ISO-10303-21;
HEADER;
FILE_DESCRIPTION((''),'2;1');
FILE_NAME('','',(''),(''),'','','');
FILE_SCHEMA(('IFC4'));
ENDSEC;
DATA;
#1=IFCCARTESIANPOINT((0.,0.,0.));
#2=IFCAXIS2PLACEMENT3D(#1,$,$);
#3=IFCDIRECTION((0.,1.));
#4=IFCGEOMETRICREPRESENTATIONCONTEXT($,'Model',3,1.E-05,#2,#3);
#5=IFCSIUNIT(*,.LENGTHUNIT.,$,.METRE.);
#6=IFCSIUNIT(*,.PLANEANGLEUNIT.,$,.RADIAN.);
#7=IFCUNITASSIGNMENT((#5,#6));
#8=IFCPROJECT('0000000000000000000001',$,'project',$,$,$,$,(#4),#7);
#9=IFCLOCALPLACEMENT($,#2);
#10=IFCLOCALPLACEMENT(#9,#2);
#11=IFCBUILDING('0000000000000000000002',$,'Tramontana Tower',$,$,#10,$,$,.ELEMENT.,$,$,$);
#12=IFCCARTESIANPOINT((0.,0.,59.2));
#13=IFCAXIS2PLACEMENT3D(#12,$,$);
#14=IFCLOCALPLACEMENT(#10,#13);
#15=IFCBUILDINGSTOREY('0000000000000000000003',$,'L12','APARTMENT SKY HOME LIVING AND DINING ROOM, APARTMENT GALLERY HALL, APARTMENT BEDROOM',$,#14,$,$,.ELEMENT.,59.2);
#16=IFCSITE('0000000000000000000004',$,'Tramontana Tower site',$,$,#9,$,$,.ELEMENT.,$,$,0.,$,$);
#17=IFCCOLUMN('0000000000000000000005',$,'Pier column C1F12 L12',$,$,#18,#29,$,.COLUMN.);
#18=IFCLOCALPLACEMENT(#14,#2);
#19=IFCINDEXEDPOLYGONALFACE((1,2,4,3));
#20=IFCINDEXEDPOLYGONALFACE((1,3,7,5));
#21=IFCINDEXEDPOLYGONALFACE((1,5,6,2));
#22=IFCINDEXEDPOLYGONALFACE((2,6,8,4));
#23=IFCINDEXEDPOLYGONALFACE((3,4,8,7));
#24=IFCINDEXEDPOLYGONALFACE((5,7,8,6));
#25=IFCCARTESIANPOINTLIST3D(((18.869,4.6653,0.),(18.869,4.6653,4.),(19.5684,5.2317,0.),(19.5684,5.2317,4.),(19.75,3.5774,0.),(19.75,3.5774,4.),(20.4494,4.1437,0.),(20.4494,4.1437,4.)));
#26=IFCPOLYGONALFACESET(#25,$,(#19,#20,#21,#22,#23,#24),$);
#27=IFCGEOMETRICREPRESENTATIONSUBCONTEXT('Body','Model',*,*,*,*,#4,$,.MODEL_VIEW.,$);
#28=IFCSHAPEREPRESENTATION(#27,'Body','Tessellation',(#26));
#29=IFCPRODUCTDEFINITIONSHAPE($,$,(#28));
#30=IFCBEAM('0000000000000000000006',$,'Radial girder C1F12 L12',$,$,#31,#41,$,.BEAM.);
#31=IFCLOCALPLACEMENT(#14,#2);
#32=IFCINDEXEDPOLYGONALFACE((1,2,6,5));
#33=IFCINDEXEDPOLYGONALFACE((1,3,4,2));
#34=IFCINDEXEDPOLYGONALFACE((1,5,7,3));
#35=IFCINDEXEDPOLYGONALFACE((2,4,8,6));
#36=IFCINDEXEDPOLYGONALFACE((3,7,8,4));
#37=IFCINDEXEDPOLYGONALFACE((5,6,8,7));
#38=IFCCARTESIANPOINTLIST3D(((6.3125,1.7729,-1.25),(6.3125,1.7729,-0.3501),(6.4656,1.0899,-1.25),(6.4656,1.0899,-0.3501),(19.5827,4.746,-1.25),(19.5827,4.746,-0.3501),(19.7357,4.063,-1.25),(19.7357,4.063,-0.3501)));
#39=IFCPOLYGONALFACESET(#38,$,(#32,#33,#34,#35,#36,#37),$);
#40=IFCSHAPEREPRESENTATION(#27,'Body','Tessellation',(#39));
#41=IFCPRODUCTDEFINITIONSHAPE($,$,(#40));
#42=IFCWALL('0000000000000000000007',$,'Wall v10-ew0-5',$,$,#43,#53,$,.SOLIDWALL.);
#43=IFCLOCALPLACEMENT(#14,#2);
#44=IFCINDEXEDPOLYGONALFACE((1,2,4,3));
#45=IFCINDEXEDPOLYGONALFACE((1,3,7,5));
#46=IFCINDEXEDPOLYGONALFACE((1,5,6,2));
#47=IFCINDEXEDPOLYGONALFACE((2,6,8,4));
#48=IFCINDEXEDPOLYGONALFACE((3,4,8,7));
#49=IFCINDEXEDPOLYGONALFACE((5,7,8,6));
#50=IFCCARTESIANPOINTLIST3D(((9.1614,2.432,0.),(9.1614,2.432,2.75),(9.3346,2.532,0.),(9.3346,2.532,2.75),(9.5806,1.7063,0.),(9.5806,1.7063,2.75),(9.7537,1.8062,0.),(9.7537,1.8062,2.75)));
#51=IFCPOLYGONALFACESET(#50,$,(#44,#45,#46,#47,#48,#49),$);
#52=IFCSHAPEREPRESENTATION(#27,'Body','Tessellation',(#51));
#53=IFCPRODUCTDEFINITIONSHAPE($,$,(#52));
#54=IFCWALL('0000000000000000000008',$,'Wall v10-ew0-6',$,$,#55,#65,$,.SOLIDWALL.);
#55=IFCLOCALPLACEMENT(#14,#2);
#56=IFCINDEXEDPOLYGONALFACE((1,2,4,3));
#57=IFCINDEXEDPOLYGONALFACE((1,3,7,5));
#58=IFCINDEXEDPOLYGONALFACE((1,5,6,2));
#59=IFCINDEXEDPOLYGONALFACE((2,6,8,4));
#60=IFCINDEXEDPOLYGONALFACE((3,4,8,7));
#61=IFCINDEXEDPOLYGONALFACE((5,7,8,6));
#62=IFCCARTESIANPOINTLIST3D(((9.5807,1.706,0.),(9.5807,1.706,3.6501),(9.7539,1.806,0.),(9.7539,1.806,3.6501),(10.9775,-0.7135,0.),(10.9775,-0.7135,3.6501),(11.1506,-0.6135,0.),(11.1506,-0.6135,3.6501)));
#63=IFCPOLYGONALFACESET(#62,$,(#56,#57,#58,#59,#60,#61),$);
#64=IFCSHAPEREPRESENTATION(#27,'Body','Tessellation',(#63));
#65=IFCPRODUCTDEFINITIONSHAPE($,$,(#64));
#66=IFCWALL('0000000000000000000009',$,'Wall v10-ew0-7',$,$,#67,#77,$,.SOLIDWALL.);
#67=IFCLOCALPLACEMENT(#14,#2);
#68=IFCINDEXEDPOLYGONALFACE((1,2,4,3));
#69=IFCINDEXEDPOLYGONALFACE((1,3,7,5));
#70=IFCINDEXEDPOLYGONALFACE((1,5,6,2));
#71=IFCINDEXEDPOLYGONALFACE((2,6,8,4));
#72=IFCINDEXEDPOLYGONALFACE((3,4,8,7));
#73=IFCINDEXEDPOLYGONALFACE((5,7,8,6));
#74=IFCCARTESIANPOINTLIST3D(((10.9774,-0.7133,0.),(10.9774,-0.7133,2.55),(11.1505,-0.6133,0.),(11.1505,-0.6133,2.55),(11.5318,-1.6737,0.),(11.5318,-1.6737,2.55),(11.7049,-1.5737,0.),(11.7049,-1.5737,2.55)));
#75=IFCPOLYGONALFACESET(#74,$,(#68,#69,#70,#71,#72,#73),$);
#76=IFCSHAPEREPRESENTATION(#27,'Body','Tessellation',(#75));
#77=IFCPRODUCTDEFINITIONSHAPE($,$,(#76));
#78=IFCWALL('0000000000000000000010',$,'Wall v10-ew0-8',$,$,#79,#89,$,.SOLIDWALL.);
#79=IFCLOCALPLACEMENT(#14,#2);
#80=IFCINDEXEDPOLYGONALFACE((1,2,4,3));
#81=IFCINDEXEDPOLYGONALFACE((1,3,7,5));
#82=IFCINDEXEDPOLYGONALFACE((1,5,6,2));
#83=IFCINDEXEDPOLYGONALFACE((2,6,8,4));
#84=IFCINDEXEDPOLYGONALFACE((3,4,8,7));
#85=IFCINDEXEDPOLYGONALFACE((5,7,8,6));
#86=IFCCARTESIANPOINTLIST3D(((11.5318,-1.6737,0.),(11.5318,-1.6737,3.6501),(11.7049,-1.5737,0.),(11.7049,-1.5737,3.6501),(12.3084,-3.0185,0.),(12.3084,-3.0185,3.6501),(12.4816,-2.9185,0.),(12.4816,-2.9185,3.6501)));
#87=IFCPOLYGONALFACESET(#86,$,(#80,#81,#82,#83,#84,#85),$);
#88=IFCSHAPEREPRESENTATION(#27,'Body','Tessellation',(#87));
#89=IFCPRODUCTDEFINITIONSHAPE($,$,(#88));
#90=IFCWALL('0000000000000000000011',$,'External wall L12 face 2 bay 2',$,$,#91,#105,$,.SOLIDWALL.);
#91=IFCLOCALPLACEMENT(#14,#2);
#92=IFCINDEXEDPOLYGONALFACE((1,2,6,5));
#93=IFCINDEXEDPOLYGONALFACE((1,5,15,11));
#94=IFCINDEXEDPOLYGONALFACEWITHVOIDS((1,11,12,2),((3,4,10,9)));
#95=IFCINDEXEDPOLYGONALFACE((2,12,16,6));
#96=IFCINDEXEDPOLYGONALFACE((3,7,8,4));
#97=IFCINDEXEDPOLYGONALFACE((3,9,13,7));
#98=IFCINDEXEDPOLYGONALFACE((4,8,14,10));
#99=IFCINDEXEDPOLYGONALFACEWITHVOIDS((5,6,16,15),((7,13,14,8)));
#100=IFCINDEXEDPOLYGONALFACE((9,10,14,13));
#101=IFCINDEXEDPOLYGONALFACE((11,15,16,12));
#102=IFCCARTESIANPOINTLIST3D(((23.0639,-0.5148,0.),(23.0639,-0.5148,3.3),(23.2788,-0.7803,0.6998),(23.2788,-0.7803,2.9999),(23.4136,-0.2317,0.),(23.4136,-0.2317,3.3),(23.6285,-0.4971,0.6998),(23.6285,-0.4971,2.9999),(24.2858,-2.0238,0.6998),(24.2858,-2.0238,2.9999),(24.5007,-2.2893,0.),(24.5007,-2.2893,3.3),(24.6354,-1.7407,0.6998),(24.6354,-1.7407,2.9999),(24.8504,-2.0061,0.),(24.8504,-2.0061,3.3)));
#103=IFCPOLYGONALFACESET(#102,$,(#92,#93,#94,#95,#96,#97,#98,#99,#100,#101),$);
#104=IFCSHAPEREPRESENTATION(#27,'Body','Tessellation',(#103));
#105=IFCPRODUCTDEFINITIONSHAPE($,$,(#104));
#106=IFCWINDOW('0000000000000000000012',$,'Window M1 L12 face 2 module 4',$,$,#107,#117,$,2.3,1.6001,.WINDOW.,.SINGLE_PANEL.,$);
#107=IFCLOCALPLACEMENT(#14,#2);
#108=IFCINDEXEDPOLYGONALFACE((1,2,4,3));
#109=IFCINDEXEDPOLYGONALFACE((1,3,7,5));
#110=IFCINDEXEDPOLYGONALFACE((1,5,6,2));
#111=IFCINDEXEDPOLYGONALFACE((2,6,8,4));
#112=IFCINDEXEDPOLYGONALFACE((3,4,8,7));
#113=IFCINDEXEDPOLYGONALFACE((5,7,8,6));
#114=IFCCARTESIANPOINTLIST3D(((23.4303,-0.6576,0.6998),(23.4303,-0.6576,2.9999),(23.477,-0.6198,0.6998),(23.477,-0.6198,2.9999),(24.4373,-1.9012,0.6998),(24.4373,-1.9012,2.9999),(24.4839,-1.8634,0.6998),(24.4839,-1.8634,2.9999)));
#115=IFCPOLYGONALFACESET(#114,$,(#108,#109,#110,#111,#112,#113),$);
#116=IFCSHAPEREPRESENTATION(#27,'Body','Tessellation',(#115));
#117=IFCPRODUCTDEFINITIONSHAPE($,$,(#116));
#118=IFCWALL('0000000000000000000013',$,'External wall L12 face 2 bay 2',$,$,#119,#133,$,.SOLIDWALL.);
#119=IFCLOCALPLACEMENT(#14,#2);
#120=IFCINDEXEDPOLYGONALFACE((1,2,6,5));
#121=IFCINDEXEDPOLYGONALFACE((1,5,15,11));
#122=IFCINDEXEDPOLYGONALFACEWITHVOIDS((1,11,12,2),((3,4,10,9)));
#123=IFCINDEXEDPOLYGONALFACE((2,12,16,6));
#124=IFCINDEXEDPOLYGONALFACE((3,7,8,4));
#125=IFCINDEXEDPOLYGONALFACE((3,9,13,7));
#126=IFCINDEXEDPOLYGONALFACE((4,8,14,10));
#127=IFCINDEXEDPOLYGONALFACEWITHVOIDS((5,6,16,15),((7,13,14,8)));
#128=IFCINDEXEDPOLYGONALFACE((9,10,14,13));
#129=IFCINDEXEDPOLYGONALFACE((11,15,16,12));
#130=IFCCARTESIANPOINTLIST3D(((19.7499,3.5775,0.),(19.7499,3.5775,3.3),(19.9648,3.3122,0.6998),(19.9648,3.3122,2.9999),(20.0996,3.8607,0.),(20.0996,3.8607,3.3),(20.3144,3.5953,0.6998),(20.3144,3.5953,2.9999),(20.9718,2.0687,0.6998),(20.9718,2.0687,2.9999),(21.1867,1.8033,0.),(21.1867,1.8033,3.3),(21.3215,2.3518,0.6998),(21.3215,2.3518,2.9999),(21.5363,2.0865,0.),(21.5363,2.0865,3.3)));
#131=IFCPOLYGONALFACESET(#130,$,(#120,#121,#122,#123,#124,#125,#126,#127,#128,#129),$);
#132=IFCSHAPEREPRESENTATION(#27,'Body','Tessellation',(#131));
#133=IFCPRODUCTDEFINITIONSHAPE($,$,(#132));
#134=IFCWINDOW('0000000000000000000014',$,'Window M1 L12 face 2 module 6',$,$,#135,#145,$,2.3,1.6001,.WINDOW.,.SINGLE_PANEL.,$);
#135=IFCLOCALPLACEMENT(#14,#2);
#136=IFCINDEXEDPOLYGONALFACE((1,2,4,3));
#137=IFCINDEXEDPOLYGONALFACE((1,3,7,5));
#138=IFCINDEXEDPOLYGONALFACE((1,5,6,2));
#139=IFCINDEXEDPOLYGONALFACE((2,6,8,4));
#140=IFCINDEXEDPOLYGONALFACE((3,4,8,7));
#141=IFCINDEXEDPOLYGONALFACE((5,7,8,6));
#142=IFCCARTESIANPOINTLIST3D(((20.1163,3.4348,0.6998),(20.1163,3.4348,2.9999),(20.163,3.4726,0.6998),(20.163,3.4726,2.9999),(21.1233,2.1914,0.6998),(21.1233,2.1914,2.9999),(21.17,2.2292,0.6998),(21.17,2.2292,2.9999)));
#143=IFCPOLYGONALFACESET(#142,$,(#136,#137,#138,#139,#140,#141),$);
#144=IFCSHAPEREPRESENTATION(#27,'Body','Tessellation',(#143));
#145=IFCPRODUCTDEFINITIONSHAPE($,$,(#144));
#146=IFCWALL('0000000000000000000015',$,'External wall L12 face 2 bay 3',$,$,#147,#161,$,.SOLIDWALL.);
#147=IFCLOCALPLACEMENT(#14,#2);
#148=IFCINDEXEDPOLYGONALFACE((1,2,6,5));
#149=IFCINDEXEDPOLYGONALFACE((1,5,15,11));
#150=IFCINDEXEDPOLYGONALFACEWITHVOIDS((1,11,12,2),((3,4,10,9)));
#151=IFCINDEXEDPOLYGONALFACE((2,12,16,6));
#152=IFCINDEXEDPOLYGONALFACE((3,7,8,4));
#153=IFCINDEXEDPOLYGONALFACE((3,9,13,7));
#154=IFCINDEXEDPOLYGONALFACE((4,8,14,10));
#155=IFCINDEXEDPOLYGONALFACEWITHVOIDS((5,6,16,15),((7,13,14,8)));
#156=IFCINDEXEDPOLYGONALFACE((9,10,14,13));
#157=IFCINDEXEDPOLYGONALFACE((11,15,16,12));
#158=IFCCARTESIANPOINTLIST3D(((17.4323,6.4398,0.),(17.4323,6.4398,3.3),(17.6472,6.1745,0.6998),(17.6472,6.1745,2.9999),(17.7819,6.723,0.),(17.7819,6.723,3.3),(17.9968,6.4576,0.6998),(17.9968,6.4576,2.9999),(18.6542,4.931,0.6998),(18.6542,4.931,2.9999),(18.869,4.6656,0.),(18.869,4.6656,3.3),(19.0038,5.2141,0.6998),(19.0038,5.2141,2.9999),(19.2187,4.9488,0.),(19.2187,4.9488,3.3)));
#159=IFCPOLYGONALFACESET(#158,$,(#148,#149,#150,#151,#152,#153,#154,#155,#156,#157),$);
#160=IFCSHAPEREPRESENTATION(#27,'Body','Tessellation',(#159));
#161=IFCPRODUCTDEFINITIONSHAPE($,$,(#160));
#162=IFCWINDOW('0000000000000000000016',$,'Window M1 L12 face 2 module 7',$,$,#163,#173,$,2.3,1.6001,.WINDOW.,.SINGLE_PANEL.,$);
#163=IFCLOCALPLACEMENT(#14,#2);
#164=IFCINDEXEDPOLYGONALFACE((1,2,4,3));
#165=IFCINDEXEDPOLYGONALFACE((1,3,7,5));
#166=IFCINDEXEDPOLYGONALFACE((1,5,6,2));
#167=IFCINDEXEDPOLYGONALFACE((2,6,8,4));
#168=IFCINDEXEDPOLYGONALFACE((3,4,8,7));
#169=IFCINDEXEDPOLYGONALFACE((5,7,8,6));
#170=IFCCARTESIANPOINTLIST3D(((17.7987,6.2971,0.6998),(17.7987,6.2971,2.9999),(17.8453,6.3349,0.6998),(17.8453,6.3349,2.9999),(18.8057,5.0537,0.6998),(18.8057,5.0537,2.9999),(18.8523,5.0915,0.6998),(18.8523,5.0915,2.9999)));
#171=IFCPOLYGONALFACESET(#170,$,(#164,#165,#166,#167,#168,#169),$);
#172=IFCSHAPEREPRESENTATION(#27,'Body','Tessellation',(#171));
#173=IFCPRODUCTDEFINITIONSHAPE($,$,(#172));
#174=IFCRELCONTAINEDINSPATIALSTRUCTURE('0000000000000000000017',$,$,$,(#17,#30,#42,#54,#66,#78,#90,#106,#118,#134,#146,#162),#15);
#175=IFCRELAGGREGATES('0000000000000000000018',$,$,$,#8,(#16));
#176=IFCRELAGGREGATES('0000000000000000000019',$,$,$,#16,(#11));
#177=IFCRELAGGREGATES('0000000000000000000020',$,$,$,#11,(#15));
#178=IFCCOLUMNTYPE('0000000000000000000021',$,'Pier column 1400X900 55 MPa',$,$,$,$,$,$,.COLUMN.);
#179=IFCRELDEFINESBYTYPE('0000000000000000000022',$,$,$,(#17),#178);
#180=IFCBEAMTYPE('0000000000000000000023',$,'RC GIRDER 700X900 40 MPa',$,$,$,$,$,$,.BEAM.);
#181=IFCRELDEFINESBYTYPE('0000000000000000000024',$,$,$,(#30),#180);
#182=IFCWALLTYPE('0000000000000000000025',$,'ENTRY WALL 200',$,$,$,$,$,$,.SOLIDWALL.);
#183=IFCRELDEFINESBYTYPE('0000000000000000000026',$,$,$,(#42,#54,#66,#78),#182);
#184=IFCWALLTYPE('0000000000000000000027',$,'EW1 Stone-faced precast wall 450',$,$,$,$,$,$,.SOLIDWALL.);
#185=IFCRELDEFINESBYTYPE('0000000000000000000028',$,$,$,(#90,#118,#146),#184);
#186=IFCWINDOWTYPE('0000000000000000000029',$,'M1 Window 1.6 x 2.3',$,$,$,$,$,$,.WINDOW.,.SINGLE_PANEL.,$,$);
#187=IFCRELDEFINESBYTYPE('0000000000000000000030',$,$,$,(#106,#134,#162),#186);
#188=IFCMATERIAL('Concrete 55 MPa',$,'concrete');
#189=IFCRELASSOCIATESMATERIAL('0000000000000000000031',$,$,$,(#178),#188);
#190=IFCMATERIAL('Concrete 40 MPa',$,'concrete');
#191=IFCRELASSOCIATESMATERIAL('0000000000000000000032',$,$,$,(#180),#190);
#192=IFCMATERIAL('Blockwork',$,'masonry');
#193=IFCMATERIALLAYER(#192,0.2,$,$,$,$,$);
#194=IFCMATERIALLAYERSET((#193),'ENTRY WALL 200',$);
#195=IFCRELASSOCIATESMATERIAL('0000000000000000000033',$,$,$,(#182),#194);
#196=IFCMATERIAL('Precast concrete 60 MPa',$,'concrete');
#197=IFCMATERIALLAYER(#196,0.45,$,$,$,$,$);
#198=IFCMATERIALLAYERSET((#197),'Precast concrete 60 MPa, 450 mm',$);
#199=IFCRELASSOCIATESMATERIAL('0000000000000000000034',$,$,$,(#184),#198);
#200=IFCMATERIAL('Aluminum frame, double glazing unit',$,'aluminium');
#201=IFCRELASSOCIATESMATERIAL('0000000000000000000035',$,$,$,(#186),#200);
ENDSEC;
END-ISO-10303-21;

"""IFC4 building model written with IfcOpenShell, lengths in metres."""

from ifc_helpers import new_model, si_unit, direction, frame, frame_2d, origin, origin_2d, place, context, subcontext, project, spatial, rectangle, extrude, material, layer, layer_set, material_profile, profile_set, type_object, element, fill, save


model = new_model("IFC4")

# Units and contexts
model_context = context("Model", 3, precision=1e-05, world=origin(), true_north=direction((0.0, 1.0)))
body_context = subcontext(model_context, "Body", "Model", "MODEL_VIEW")
ifc_project = project(units=[si_unit("LENGTHUNIT", "METRE"), si_unit("PLANEANGLEUNIT", "RADIAN")], contexts=[model_context])

# Site, building, storey
site_placement = place(None, origin())
site = spatial("IfcSite", under=ifc_project, at=site_placement, Name="Tramontana Tower site", CompositionType="ELEMENT", RefElevation=0.0)
building_placement = place(site_placement, origin())
building = spatial("IfcBuilding", under=site, at=building_placement, Name="Tramontana Tower", CompositionType="ELEMENT")
storey_placement = place(building_placement, frame((0.0, 0.0, 59.2)))
storey = spatial("IfcBuildingStorey", under=building, at=storey_placement, Name="L12", Description="APARTMENT SKY HOME LIVING AND DINING ROOM, APARTMENT GALLERY HALL, APARTMENT BEDROOM", CompositionType="ELEMENT", Elevation=59.2)

# Column
ifc_material_1 = material(Name="Concrete 55 MPa", Category="concrete")
ifc_material_profile_1 = material_profile(ifc_material_1, rectangle(XDim=1.3999, YDim=0.8999, at=origin_2d()), Name="Pier column 1400X900 55 MPa")
ifc_profile_set_1 = profile_set([ifc_material_profile_1], Name="Concrete 55 MPa")
column_type = type_object("IfcColumnType", Name="Pier column 1400X900 55 MPa", PredefinedType="COLUMN", material=ifc_profile_set_1)
column_placement = place(storey_placement, frame((19.6592, 4.4045, 0.0), z_axis=(0.0, 0.0, 1.0), x_axis=(-0.62932, 0.777146, 0.0)))
element("IfcColumn", 1, at=column_placement, inside=storey, type_object=column_type, Name="Pier column C1F12 L12", PredefinedType="COLUMN", context=body_context, shape_type="SweptSolid", body=[
    extrude(rectangle(XDim=1.3999, YDim=0.8999, at=origin_2d()), origin(), (0.0, 0.0, 1.0), 4.0),
])

# Beam
ifc_material_2 = material(Name="Concrete 40 MPa", Category="concrete")
ifc_material_profile_2 = material_profile(ifc_material_2, rectangle(XDim=0.7, YDim=0.8999, at=origin_2d()), Name="RC GIRDER 700X900 40 MPa")
ifc_profile_set_2 = profile_set([ifc_material_profile_2], Name="Concrete 40 MPa")
beam_type = type_object("IfcBeamType", Name="RC GIRDER 700X900 40 MPa", PredefinedType="BEAM", material=ifc_profile_set_2)
beam_placement = place(storey_placement, frame((19.6592, 4.4045, -0.8), z_axis=(-0.975808, -0.21863, 0.0), x_axis=(0.21863, -0.975808, 0.0)))
element("IfcBeam", 2, at=beam_placement, inside=storey, type_object=beam_type, Name="Radial girder C1F12 L12", PredefinedType="BEAM", context=body_context, shape_type="SweptSolid", body=[
    extrude(rectangle(XDim=0.7, YDim=0.8999, at=origin_2d()), origin(), (0.0, 0.0, 1.0), 13.5991),
])

# Walls
ifc_material_3 = material(Name="Blockwork", Category="masonry")
ifc_layer_1 = layer(ifc_material_3, 0.2)
ifc_layer_set_1 = layer_set([ifc_layer_1], Name="ENTRY WALL 200")
wall_type_1 = type_object("IfcWallType", Name="ENTRY WALL 200", PredefinedType="SOLIDWALL", material=ifc_layer_set_1)
wall_1_placement = place(storey_placement, frame((9.248, 2.4819, 0.0), z_axis=(0.0, 0.0, 1.0), x_axis=(0.500117, -0.865958, 0.0)))
element("IfcWall", 3, at=wall_1_placement, inside=storey, type_object=wall_type_1, Name="Wall v10-ew0-5", PredefinedType="SOLIDWALL", context=body_context, shape_type="SweptSolid", body=[
    extrude(rectangle(XDim=0.8381, YDim=0.2, at=frame_2d((0.4189, 0.0))), origin(), (0.0, 0.0, 1.0), 2.75),
])
wall_2_placement = place(storey_placement, frame((9.6672, 1.7561, 0.0), z_axis=(0.0, 0.0, 1.0), x_axis=(0.499965, -0.866046, 0.0)))
element("IfcWall", 4, at=wall_2_placement, inside=storey, type_object=wall_type_1, Name="Wall v10-ew0-6", PredefinedType="SOLIDWALL", context=body_context, shape_type="SweptSolid", body=[
    extrude(rectangle(XDim=2.7937, YDim=0.2, at=frame_2d((1.397, 0.0))), origin(), (0.0, 0.0, 1.0), 3.6501),
])
wall_3_placement = place(storey_placement, frame((11.064, -0.6633, 0.0), z_axis=(0.0, 0.0, 1.0), x_axis=(0.499951, -0.866054, 0.0)))
element("IfcWall", 5, at=wall_3_placement, inside=storey, type_object=wall_type_1, Name="Wall v10-ew0-7", PredefinedType="SOLIDWALL", context=body_context, shape_type="SweptSolid", body=[
    extrude(rectangle(XDim=1.1089, YDim=0.2, at=frame_2d((0.5544, 0.0))), origin(), (0.0, 0.0, 1.0), 2.55),
])
wall_4_placement = place(storey_placement, frame((11.6184, -1.6238, 0.0), z_axis=(0.0, 0.0, 1.0), x_axis=(0.500113, -0.86596, 0.0)))
element("IfcWall", 6, at=wall_4_placement, inside=storey, type_object=wall_type_1, Name="Wall v10-ew0-8", PredefinedType="SOLIDWALL", context=body_context, shape_type="SweptSolid", body=[
    extrude(rectangle(XDim=1.553, YDim=0.2, at=frame_2d((0.7764, 0.0))), origin(), (0.0, 0.0, 1.0), 3.6501),
])

# Walls, openings, windows
ifc_material_4 = material(Name="Precast concrete 60 MPa", Category="concrete")
ifc_layer_2 = layer(ifc_material_4, 0.45)
ifc_layer_set_2 = layer_set([ifc_layer_2], Name="Precast concrete 60 MPa, 450 mm")
wall_type_2 = type_object("IfcWallType", Name="EW1 Stone-faced precast wall 450", PredefinedType="SOLIDWALL", material=ifc_layer_set_2)
wall_5_placement = place(storey_placement, frame((24.6755, -2.1477, 0.0), z_axis=(0.0, 0.0, 1.0), x_axis=(-0.629287, 0.777173, 0.0)))
wall_5 = element("IfcWall", 7, at=wall_5_placement, inside=storey, type_object=wall_type_2, Name="External wall L12 face 2 bay 2", PredefinedType="SOLIDWALL", context=body_context, shape_type="SweptSolid", body=[
    extrude(rectangle(XDim=2.2832, YDim=0.45, at=frame_2d((1.1416, 0.0))), origin(), (0.0, 0.0, 1.0), 3.3),
])
opening_1_placement = place(wall_5_placement, frame((0.3416, 0.0, 0.7)))
opening_1 = element("IfcOpeningElement", 8, at=opening_1_placement, cuts=wall_5, PredefinedType="OPENING", context=body_context, shape_type="SweptSolid", body=[
    extrude(rectangle(XDim=1.6001, YDim=2.3, at=frame_2d((0.8, 1.1499))), frame((0.0, 0.2349, 0.0), z_axis=(0.0, -1.0, 0.0), x_axis=(1.0, 0.0, 0.0)), (0.0, 0.0, 1.0), 0.47),
])
ifc_material_5 = material(Name="Aluminum frame, double glazing unit", Category="aluminium")
window_type = type_object("IfcWindowType", Name="M1 Window 1.6 x 2.3", PartitioningType="SINGLE_PANEL", PredefinedType="WINDOW", material=ifc_material_5)
window_1_placement = place(opening_1_placement, origin())
window_1 = element("IfcWindow", 9, at=window_1_placement, inside=storey, type_object=window_type, Name="Window M1 L12 face 2 module 4", OverallHeight=2.3, OverallWidth=1.6001, PartitioningType="SINGLE_PANEL", PredefinedType="WINDOW", context=body_context, shape_type="SweptSolid", body=[
    extrude(rectangle(XDim=1.6001, YDim=2.3, at=frame_2d((0.8, 1.1499))), frame((0.0, 0.03, 0.0), z_axis=(0.0, -1.0, 0.0), x_axis=(1.0, 0.0, 0.0)), (0.0, 0.0, 1.0), 0.0601),
])
fill(opening_1, window_1)
wall_6_placement = place(storey_placement, frame((21.3616, 1.9448, 0.0), z_axis=(0.0, 0.0, 1.0), x_axis=(-0.62934, 0.77713, 0.0)))
wall_6 = element("IfcWall", 10, at=wall_6_placement, inside=storey, type_object=wall_type_2, Name="External wall L12 face 2 bay 2", PredefinedType="SOLIDWALL", context=body_context, shape_type="SweptSolid", body=[
    extrude(rectangle(XDim=2.283, YDim=0.45, at=frame_2d((1.1416, 0.0))), origin(), (0.0, 0.0, 1.0), 3.3),
])
opening_2_placement = place(wall_6_placement, frame((0.3416, 0.0, 0.7)))
opening_2 = element("IfcOpeningElement", 11, at=opening_2_placement, cuts=wall_6, PredefinedType="OPENING", context=body_context, shape_type="SweptSolid", body=[
    extrude(rectangle(XDim=1.6001, YDim=2.3, at=frame_2d((0.8, 1.1499))), frame((0.0, 0.2349, 0.0), z_axis=(0.0, -1.0, 0.0), x_axis=(1.0, 0.0, 0.0)), (0.0, 0.0, 1.0), 0.47),
])
window_2_placement = place(opening_2_placement, origin())
window_2 = element("IfcWindow", 12, at=window_2_placement, inside=storey, type_object=window_type, Name="Window M1 L12 face 2 module 6", OverallHeight=2.3, OverallWidth=1.6001, PartitioningType="SINGLE_PANEL", PredefinedType="WINDOW", context=body_context, shape_type="SweptSolid", body=[
    extrude(rectangle(XDim=1.6001, YDim=2.3, at=frame_2d((0.8, 1.1499))), frame((0.0, 0.03, 0.0), z_axis=(0.0, -1.0, 0.0), x_axis=(1.0, 0.0, 0.0)), (0.0, 0.0, 1.0), 0.0601),
])
fill(opening_2, window_2)
wall_7_placement = place(storey_placement, frame((19.0439, 4.8071, 0.0), z_axis=(0.0, 0.0, 1.0), x_axis=(-0.62934, 0.77713, 0.0)))
wall_7 = element("IfcWall", 13, at=wall_7_placement, inside=storey, type_object=wall_type_2, Name="External wall L12 face 2 bay 3", PredefinedType="SOLIDWALL", context=body_context, shape_type="SweptSolid", body=[
    extrude(rectangle(XDim=2.283, YDim=0.45, at=frame_2d((1.1416, 0.0))), origin(), (0.0, 0.0, 1.0), 3.3),
])
opening_3_placement = place(wall_7_placement, frame((0.3416, 0.0, 0.7)))
opening_3 = element("IfcOpeningElement", 14, at=opening_3_placement, cuts=wall_7, PredefinedType="OPENING", context=body_context, shape_type="SweptSolid", body=[
    extrude(rectangle(XDim=1.6001, YDim=2.3, at=frame_2d((0.8, 1.1499))), frame((0.0, 0.2349, 0.0), z_axis=(0.0, -1.0, 0.0), x_axis=(1.0, 0.0, 0.0)), (0.0, 0.0, 1.0), 0.47),
])
window_3_placement = place(opening_3_placement, origin())
window_3 = element("IfcWindow", 15, at=window_3_placement, inside=storey, type_object=window_type, Name="Window M1 L12 face 2 module 7", OverallHeight=2.3, OverallWidth=1.6001, PartitioningType="SINGLE_PANEL", PredefinedType="WINDOW", context=body_context, shape_type="SweptSolid", body=[
    extrude(rectangle(XDim=1.6001, YDim=2.3, at=frame_2d((0.8, 1.1499))), frame((0.0, 0.03, 0.0), z_axis=(0.0, -1.0, 0.0), x_axis=(1.0, 0.0, 0.0)), (0.0, 0.0, 1.0), 0.0601),
])
fill(opening_3, window_3)

save(model, "model.ifc")
